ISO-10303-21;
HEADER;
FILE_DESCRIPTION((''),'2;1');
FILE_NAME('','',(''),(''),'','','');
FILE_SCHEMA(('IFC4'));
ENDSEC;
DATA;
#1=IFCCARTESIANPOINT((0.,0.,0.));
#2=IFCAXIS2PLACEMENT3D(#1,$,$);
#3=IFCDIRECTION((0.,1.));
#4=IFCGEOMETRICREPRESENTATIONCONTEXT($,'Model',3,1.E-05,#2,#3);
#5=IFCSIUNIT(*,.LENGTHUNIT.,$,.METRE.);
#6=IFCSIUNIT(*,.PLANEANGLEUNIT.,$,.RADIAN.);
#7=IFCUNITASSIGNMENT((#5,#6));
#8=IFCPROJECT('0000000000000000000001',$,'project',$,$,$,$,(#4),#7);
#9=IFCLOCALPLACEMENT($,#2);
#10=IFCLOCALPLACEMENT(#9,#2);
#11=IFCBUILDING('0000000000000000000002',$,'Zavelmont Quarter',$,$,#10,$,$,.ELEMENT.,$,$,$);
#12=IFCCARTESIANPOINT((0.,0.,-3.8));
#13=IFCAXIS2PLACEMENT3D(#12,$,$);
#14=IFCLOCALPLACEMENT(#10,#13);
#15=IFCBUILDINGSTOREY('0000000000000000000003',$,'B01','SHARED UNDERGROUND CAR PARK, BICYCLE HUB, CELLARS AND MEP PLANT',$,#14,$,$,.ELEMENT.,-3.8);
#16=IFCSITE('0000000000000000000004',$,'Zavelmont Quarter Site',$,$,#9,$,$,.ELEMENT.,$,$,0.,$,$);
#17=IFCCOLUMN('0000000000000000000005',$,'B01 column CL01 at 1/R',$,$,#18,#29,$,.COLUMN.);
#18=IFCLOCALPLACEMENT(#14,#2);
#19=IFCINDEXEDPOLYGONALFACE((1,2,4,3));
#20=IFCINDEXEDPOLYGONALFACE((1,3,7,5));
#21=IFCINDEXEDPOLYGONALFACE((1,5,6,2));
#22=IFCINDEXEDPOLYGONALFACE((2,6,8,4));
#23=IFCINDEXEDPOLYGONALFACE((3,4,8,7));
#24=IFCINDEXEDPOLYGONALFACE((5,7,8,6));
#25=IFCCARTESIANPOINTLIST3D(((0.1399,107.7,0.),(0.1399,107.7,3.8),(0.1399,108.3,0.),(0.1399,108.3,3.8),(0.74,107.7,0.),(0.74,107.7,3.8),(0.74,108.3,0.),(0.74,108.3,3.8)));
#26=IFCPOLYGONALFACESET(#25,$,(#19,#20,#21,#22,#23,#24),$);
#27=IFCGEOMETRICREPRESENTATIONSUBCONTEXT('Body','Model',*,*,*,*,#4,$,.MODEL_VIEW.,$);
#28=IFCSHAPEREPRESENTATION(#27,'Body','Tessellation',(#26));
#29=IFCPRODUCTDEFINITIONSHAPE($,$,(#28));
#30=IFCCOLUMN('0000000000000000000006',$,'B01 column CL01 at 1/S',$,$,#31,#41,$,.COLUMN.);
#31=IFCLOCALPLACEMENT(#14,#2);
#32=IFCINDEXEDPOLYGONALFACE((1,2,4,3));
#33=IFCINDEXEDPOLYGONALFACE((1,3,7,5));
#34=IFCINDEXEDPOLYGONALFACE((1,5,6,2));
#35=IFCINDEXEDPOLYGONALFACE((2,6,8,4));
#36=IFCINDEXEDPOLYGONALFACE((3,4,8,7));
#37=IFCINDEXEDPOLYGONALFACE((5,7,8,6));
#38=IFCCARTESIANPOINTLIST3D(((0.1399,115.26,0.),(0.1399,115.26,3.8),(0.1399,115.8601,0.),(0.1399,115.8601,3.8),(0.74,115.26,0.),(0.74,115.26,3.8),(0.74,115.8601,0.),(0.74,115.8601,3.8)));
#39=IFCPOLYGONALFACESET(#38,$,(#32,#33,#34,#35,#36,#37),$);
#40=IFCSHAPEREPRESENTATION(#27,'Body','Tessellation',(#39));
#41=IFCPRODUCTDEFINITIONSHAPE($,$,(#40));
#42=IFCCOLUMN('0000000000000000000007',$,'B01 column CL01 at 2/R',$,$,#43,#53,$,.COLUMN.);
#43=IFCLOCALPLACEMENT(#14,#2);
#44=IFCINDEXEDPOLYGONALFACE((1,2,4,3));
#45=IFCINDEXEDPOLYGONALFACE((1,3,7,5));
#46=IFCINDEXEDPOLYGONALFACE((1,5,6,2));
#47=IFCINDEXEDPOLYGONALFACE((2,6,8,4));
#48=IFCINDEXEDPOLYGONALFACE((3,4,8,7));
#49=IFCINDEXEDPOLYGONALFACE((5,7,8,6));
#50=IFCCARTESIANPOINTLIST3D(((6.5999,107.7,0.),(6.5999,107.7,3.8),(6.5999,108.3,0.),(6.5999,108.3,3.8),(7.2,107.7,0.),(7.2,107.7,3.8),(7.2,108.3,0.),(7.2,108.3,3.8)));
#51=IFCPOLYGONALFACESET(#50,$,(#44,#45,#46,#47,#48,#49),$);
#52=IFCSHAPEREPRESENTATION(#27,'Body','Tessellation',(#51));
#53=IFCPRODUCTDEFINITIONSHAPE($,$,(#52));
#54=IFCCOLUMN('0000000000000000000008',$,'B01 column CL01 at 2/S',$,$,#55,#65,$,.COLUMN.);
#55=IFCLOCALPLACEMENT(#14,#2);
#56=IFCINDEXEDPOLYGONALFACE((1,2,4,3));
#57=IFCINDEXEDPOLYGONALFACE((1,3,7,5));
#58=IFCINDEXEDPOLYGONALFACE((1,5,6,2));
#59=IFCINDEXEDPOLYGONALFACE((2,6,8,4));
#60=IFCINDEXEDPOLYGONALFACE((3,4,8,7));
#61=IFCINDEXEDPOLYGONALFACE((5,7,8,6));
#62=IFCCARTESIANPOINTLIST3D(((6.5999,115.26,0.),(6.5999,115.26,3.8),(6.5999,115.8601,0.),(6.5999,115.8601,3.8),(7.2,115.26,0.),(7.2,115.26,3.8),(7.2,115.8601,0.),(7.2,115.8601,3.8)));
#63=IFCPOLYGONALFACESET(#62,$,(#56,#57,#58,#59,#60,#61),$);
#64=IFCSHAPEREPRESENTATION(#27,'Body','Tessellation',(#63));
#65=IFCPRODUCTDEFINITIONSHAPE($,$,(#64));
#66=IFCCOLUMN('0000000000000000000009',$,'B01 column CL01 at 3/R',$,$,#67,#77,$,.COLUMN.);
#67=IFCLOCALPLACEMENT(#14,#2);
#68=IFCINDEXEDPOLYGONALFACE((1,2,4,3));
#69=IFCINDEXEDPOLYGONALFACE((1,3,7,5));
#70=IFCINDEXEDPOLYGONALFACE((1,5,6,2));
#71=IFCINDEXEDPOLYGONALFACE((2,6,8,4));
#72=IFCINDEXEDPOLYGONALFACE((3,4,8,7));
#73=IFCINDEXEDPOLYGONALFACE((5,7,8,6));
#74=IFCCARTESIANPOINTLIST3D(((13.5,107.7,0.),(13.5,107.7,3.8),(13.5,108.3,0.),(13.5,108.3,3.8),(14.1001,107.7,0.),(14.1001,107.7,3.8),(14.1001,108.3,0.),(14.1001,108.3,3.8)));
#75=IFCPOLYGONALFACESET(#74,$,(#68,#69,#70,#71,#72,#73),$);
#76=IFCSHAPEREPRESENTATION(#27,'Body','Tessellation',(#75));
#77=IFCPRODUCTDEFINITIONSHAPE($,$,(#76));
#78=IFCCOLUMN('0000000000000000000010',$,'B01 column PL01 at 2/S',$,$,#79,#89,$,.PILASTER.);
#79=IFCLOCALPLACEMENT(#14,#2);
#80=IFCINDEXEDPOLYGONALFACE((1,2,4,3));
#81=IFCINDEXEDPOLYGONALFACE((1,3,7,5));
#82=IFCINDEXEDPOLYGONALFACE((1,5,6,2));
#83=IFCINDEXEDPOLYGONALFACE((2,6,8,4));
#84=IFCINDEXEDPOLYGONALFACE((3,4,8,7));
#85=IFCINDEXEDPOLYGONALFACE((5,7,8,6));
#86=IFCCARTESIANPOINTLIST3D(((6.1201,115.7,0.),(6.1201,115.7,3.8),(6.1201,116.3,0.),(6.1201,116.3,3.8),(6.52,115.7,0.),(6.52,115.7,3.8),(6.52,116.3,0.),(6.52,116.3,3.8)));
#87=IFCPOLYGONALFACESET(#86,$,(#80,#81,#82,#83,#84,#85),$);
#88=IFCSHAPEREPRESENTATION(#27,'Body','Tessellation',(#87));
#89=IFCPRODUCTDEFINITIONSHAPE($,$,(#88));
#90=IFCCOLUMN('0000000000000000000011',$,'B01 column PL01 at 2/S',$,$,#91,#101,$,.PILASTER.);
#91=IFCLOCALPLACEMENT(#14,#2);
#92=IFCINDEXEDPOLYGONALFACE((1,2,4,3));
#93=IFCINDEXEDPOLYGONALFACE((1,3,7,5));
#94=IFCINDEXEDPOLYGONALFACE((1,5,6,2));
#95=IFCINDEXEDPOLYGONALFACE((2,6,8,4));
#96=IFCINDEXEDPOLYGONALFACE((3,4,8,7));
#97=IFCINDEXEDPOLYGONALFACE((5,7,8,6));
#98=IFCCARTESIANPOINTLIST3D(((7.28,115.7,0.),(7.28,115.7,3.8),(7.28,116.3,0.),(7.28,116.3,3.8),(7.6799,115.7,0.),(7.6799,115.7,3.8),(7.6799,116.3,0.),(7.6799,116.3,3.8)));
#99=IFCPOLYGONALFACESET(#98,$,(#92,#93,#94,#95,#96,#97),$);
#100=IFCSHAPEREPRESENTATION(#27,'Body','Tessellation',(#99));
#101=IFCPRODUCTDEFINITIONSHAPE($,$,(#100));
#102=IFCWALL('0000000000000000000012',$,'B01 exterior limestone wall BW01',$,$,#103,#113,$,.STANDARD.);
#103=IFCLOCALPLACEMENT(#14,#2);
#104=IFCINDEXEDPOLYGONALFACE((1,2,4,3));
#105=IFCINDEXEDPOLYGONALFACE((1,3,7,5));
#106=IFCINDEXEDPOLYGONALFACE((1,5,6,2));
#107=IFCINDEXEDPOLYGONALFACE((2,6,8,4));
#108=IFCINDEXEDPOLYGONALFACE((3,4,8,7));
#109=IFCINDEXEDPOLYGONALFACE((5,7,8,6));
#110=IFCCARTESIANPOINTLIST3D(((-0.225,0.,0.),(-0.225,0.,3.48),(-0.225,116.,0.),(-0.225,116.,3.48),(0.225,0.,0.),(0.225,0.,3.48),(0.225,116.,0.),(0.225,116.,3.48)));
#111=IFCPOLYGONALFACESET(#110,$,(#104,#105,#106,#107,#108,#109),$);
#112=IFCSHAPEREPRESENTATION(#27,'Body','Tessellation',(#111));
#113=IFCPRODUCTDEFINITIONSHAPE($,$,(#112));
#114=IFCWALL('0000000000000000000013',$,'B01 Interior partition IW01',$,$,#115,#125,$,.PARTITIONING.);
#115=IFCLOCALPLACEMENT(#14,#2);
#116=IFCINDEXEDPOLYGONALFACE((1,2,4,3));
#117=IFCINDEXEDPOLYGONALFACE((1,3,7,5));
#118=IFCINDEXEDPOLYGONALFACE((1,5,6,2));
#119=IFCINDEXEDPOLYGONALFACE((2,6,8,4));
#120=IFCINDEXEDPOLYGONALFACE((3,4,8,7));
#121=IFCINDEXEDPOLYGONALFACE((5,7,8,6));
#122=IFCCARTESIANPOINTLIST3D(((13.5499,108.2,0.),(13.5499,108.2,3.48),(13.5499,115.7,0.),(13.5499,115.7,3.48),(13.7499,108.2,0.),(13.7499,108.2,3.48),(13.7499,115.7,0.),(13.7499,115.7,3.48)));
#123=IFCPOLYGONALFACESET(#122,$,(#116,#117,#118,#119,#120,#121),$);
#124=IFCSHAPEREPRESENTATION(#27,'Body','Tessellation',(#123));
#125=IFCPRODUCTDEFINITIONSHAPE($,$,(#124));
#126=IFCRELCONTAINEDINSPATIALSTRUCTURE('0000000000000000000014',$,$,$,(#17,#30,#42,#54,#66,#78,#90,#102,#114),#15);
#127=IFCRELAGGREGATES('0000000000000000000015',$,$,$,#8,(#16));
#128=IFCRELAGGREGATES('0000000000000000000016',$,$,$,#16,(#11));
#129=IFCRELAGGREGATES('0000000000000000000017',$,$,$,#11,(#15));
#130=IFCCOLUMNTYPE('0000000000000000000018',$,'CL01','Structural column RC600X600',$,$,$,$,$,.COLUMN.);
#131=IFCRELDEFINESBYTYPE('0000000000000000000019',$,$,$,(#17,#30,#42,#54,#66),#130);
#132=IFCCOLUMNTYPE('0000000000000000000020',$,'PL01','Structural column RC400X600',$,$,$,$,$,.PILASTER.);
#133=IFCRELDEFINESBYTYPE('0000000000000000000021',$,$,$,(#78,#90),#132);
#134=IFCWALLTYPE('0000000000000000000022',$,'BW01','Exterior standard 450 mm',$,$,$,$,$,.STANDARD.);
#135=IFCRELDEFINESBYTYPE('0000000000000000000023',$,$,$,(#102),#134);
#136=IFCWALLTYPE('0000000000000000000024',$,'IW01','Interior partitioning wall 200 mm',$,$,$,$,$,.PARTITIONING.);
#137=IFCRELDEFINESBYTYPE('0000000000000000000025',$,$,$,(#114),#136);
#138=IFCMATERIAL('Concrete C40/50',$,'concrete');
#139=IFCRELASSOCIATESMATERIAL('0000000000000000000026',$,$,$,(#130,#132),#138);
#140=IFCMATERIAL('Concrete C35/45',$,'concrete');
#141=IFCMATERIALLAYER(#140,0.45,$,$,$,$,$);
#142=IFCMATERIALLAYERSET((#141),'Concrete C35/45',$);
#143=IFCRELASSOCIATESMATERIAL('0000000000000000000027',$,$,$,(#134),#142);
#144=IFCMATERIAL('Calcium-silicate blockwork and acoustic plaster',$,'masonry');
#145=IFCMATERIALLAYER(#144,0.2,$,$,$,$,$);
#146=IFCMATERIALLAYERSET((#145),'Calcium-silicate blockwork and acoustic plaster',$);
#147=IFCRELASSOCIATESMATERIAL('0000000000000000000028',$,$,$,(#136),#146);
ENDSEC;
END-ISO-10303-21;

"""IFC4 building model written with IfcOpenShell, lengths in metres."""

from ifc_helpers import new_model, si_unit, direction, frame, frame_2d, origin, origin_2d, place, context, subcontext, project, spatial, rectangle, extrude, material, layer, layer_set, material_profile, profile_set, type_object, element, save


model = new_model("IFC4")

# Units and contexts
model_context = context("Model", 3, precision=1e-05, world=origin(), true_north=direction((0.0, 1.0)))
body_context = subcontext(model_context, "Body", "Model", "MODEL_VIEW")
ifc_project = project(units=[si_unit("LENGTHUNIT", "METRE"), si_unit("PLANEANGLEUNIT", "RADIAN")], contexts=[model_context])

# Site, building, storey
site_placement = place(None, origin())
site = spatial("IfcSite", under=ifc_project, at=site_placement, Name="Zavelmont Quarter Site", CompositionType="ELEMENT", RefElevation=0.0)
building_placement = place(site_placement, origin())
building = spatial("IfcBuilding", under=site, at=building_placement, Name="Zavelmont Quarter", CompositionType="ELEMENT")
storey_placement = place(building_placement, frame((0.0, 0.0, -3.8)))
storey = spatial("IfcBuildingStorey", under=building, at=storey_placement, Name="B01", Description="SHARED UNDERGROUND CAR PARK, BICYCLE HUB, CELLARS AND MEP PLANT", CompositionType="ELEMENT", Elevation=-3.8)

# Shared definitions
ifc_material_1 = material(Name="Concrete C35/45", Category="concrete")

# Columns
ifc_material_2 = material(Name="Concrete C40/50", Category="concrete")
ifc_material_profile_1 = material_profile(ifc_material_2, rectangle(XDim=0.6001, YDim=0.6001, at=origin_2d()), Name="RC600X600")
ifc_profile_set_1 = profile_set([ifc_material_profile_1], Name="Concrete C40/50")
column_type_1 = type_object("IfcColumnType", Name="CL01", Description="Structural column RC600X600", PredefinedType="COLUMN", material=ifc_profile_set_1)
for number, where, z_axis, x_axis, name in (
    (1, (0.4399, 108.0, 0.0), (0.0, 0.0, 1.0), (1.0, 0.0, 0.0), "B01 column CL01 at 1/R"),
    (2, (0.4399, 115.5601, 0.0), (0.0, 0.0, 1.0), (1.0, 0.0, 0.0), "B01 column CL01 at 1/S"),
    (3, (6.8999, 108.0, 0.0), (0.0, 0.0, 1.0), (1.0, 0.0, 0.0), "B01 column CL01 at 2/R"),
    (4, (6.8999, 115.5601, 0.0), (0.0, 0.0, 1.0), (1.0, 0.0, 0.0), "B01 column CL01 at 2/S"),
    (5, (13.8, 108.0, 0.0), (0.0, 0.0, 1.0), (1.0, 0.0, 0.0), "B01 column CL01 at 3/R"),
):
    element("IfcColumn", number, at=place(storey_placement, frame(where, z_axis=z_axis, x_axis=x_axis)), inside=storey, type_object=column_type_1, Name=name, PredefinedType="COLUMN", context=body_context, shape_type="SweptSolid", body=[
        extrude(rectangle(XDim=0.6001, YDim=0.6001, at=origin_2d()), origin(), (0.0, 0.0, 1.0), 3.8),
    ])
ifc_material_profile_2 = material_profile(ifc_material_2, rectangle(XDim=0.3999, YDim=0.6001, at=origin_2d()), Name="RC400X600")
ifc_profile_set_2 = profile_set([ifc_material_profile_2], Name="Concrete C40/50")
column_type_2 = type_object("IfcColumnType", Name="PL01", Description="Structural column RC400X600", PredefinedType="PILASTER", material=ifc_profile_set_2)
for number, where, z_axis, x_axis, name in (
    (6, (6.3201, 116.0, 0.0), (0.0, 0.0, 1.0), (1.0, 0.0, 0.0), "B01 column PL01 at 2/S"),
    (7, (7.48, 116.0, 0.0), (0.0, 0.0, 1.0), (1.0, 0.0, 0.0), "B01 column PL01 at 2/S"),
):
    element("IfcColumn", number, at=place(storey_placement, frame(where, z_axis=z_axis, x_axis=x_axis)), inside=storey, type_object=column_type_2, Name=name, PredefinedType="PILASTER", context=body_context, shape_type="SweptSolid", body=[
        extrude(rectangle(XDim=0.3999, YDim=0.6001, at=origin_2d()), origin(), (0.0, 0.0, 1.0), 3.8),
    ])

# Walls
ifc_layer_1 = layer(ifc_material_1, 0.45)
ifc_layer_set_1 = layer_set([ifc_layer_1], Name="Concrete C35/45")
wall_type_1 = type_object("IfcWallType", Name="BW01", Description="Exterior standard 450 mm", PredefinedType="STANDARD", material=ifc_layer_set_1)
wall_1_placement = place(storey_placement, frame((0.0, 116.0, 0.0), z_axis=(0.0, 0.0, 1.0), x_axis=(0.0, -1.0, 0.0)))
element("IfcWall", 8, at=wall_1_placement, inside=storey, type_object=wall_type_1, Name="B01 exterior limestone wall BW01", PredefinedType="STANDARD", context=body_context, shape_type="SweptSolid", body=[
    extrude(rectangle(XDim=116.0, YDim=0.45, at=frame_2d((58.0, 0.0))), origin(), (0.0, 0.0, 1.0), 3.48),
])
ifc_material_3 = material(Name="Calcium-silicate blockwork and acoustic plaster", Category="masonry")
ifc_layer_2 = layer(ifc_material_3, 0.2)
ifc_layer_set_2 = layer_set([ifc_layer_2], Name="Calcium-silicate blockwork and acoustic plaster")
wall_type_2 = type_object("IfcWallType", Name="IW01", Description="Interior partitioning wall 200 mm", PredefinedType="PARTITIONING", material=ifc_layer_set_2)
wall_2_placement = place(storey_placement, frame((13.6499, 108.2, 0.0), z_axis=(0.0, 0.0, 1.0), x_axis=(0.0, 1.0, 0.0)))
element("IfcWall", 9, at=wall_2_placement, inside=storey, type_object=wall_type_2, Name="B01 Interior partition IW01", PredefinedType="PARTITIONING", context=body_context, shape_type="SweptSolid", body=[
    extrude(rectangle(XDim=7.5, YDim=0.2, at=frame_2d((3.75, 0.0))), origin(), (0.0, 0.0, 1.0), 3.48),
])

save(model, "model.ifc")
